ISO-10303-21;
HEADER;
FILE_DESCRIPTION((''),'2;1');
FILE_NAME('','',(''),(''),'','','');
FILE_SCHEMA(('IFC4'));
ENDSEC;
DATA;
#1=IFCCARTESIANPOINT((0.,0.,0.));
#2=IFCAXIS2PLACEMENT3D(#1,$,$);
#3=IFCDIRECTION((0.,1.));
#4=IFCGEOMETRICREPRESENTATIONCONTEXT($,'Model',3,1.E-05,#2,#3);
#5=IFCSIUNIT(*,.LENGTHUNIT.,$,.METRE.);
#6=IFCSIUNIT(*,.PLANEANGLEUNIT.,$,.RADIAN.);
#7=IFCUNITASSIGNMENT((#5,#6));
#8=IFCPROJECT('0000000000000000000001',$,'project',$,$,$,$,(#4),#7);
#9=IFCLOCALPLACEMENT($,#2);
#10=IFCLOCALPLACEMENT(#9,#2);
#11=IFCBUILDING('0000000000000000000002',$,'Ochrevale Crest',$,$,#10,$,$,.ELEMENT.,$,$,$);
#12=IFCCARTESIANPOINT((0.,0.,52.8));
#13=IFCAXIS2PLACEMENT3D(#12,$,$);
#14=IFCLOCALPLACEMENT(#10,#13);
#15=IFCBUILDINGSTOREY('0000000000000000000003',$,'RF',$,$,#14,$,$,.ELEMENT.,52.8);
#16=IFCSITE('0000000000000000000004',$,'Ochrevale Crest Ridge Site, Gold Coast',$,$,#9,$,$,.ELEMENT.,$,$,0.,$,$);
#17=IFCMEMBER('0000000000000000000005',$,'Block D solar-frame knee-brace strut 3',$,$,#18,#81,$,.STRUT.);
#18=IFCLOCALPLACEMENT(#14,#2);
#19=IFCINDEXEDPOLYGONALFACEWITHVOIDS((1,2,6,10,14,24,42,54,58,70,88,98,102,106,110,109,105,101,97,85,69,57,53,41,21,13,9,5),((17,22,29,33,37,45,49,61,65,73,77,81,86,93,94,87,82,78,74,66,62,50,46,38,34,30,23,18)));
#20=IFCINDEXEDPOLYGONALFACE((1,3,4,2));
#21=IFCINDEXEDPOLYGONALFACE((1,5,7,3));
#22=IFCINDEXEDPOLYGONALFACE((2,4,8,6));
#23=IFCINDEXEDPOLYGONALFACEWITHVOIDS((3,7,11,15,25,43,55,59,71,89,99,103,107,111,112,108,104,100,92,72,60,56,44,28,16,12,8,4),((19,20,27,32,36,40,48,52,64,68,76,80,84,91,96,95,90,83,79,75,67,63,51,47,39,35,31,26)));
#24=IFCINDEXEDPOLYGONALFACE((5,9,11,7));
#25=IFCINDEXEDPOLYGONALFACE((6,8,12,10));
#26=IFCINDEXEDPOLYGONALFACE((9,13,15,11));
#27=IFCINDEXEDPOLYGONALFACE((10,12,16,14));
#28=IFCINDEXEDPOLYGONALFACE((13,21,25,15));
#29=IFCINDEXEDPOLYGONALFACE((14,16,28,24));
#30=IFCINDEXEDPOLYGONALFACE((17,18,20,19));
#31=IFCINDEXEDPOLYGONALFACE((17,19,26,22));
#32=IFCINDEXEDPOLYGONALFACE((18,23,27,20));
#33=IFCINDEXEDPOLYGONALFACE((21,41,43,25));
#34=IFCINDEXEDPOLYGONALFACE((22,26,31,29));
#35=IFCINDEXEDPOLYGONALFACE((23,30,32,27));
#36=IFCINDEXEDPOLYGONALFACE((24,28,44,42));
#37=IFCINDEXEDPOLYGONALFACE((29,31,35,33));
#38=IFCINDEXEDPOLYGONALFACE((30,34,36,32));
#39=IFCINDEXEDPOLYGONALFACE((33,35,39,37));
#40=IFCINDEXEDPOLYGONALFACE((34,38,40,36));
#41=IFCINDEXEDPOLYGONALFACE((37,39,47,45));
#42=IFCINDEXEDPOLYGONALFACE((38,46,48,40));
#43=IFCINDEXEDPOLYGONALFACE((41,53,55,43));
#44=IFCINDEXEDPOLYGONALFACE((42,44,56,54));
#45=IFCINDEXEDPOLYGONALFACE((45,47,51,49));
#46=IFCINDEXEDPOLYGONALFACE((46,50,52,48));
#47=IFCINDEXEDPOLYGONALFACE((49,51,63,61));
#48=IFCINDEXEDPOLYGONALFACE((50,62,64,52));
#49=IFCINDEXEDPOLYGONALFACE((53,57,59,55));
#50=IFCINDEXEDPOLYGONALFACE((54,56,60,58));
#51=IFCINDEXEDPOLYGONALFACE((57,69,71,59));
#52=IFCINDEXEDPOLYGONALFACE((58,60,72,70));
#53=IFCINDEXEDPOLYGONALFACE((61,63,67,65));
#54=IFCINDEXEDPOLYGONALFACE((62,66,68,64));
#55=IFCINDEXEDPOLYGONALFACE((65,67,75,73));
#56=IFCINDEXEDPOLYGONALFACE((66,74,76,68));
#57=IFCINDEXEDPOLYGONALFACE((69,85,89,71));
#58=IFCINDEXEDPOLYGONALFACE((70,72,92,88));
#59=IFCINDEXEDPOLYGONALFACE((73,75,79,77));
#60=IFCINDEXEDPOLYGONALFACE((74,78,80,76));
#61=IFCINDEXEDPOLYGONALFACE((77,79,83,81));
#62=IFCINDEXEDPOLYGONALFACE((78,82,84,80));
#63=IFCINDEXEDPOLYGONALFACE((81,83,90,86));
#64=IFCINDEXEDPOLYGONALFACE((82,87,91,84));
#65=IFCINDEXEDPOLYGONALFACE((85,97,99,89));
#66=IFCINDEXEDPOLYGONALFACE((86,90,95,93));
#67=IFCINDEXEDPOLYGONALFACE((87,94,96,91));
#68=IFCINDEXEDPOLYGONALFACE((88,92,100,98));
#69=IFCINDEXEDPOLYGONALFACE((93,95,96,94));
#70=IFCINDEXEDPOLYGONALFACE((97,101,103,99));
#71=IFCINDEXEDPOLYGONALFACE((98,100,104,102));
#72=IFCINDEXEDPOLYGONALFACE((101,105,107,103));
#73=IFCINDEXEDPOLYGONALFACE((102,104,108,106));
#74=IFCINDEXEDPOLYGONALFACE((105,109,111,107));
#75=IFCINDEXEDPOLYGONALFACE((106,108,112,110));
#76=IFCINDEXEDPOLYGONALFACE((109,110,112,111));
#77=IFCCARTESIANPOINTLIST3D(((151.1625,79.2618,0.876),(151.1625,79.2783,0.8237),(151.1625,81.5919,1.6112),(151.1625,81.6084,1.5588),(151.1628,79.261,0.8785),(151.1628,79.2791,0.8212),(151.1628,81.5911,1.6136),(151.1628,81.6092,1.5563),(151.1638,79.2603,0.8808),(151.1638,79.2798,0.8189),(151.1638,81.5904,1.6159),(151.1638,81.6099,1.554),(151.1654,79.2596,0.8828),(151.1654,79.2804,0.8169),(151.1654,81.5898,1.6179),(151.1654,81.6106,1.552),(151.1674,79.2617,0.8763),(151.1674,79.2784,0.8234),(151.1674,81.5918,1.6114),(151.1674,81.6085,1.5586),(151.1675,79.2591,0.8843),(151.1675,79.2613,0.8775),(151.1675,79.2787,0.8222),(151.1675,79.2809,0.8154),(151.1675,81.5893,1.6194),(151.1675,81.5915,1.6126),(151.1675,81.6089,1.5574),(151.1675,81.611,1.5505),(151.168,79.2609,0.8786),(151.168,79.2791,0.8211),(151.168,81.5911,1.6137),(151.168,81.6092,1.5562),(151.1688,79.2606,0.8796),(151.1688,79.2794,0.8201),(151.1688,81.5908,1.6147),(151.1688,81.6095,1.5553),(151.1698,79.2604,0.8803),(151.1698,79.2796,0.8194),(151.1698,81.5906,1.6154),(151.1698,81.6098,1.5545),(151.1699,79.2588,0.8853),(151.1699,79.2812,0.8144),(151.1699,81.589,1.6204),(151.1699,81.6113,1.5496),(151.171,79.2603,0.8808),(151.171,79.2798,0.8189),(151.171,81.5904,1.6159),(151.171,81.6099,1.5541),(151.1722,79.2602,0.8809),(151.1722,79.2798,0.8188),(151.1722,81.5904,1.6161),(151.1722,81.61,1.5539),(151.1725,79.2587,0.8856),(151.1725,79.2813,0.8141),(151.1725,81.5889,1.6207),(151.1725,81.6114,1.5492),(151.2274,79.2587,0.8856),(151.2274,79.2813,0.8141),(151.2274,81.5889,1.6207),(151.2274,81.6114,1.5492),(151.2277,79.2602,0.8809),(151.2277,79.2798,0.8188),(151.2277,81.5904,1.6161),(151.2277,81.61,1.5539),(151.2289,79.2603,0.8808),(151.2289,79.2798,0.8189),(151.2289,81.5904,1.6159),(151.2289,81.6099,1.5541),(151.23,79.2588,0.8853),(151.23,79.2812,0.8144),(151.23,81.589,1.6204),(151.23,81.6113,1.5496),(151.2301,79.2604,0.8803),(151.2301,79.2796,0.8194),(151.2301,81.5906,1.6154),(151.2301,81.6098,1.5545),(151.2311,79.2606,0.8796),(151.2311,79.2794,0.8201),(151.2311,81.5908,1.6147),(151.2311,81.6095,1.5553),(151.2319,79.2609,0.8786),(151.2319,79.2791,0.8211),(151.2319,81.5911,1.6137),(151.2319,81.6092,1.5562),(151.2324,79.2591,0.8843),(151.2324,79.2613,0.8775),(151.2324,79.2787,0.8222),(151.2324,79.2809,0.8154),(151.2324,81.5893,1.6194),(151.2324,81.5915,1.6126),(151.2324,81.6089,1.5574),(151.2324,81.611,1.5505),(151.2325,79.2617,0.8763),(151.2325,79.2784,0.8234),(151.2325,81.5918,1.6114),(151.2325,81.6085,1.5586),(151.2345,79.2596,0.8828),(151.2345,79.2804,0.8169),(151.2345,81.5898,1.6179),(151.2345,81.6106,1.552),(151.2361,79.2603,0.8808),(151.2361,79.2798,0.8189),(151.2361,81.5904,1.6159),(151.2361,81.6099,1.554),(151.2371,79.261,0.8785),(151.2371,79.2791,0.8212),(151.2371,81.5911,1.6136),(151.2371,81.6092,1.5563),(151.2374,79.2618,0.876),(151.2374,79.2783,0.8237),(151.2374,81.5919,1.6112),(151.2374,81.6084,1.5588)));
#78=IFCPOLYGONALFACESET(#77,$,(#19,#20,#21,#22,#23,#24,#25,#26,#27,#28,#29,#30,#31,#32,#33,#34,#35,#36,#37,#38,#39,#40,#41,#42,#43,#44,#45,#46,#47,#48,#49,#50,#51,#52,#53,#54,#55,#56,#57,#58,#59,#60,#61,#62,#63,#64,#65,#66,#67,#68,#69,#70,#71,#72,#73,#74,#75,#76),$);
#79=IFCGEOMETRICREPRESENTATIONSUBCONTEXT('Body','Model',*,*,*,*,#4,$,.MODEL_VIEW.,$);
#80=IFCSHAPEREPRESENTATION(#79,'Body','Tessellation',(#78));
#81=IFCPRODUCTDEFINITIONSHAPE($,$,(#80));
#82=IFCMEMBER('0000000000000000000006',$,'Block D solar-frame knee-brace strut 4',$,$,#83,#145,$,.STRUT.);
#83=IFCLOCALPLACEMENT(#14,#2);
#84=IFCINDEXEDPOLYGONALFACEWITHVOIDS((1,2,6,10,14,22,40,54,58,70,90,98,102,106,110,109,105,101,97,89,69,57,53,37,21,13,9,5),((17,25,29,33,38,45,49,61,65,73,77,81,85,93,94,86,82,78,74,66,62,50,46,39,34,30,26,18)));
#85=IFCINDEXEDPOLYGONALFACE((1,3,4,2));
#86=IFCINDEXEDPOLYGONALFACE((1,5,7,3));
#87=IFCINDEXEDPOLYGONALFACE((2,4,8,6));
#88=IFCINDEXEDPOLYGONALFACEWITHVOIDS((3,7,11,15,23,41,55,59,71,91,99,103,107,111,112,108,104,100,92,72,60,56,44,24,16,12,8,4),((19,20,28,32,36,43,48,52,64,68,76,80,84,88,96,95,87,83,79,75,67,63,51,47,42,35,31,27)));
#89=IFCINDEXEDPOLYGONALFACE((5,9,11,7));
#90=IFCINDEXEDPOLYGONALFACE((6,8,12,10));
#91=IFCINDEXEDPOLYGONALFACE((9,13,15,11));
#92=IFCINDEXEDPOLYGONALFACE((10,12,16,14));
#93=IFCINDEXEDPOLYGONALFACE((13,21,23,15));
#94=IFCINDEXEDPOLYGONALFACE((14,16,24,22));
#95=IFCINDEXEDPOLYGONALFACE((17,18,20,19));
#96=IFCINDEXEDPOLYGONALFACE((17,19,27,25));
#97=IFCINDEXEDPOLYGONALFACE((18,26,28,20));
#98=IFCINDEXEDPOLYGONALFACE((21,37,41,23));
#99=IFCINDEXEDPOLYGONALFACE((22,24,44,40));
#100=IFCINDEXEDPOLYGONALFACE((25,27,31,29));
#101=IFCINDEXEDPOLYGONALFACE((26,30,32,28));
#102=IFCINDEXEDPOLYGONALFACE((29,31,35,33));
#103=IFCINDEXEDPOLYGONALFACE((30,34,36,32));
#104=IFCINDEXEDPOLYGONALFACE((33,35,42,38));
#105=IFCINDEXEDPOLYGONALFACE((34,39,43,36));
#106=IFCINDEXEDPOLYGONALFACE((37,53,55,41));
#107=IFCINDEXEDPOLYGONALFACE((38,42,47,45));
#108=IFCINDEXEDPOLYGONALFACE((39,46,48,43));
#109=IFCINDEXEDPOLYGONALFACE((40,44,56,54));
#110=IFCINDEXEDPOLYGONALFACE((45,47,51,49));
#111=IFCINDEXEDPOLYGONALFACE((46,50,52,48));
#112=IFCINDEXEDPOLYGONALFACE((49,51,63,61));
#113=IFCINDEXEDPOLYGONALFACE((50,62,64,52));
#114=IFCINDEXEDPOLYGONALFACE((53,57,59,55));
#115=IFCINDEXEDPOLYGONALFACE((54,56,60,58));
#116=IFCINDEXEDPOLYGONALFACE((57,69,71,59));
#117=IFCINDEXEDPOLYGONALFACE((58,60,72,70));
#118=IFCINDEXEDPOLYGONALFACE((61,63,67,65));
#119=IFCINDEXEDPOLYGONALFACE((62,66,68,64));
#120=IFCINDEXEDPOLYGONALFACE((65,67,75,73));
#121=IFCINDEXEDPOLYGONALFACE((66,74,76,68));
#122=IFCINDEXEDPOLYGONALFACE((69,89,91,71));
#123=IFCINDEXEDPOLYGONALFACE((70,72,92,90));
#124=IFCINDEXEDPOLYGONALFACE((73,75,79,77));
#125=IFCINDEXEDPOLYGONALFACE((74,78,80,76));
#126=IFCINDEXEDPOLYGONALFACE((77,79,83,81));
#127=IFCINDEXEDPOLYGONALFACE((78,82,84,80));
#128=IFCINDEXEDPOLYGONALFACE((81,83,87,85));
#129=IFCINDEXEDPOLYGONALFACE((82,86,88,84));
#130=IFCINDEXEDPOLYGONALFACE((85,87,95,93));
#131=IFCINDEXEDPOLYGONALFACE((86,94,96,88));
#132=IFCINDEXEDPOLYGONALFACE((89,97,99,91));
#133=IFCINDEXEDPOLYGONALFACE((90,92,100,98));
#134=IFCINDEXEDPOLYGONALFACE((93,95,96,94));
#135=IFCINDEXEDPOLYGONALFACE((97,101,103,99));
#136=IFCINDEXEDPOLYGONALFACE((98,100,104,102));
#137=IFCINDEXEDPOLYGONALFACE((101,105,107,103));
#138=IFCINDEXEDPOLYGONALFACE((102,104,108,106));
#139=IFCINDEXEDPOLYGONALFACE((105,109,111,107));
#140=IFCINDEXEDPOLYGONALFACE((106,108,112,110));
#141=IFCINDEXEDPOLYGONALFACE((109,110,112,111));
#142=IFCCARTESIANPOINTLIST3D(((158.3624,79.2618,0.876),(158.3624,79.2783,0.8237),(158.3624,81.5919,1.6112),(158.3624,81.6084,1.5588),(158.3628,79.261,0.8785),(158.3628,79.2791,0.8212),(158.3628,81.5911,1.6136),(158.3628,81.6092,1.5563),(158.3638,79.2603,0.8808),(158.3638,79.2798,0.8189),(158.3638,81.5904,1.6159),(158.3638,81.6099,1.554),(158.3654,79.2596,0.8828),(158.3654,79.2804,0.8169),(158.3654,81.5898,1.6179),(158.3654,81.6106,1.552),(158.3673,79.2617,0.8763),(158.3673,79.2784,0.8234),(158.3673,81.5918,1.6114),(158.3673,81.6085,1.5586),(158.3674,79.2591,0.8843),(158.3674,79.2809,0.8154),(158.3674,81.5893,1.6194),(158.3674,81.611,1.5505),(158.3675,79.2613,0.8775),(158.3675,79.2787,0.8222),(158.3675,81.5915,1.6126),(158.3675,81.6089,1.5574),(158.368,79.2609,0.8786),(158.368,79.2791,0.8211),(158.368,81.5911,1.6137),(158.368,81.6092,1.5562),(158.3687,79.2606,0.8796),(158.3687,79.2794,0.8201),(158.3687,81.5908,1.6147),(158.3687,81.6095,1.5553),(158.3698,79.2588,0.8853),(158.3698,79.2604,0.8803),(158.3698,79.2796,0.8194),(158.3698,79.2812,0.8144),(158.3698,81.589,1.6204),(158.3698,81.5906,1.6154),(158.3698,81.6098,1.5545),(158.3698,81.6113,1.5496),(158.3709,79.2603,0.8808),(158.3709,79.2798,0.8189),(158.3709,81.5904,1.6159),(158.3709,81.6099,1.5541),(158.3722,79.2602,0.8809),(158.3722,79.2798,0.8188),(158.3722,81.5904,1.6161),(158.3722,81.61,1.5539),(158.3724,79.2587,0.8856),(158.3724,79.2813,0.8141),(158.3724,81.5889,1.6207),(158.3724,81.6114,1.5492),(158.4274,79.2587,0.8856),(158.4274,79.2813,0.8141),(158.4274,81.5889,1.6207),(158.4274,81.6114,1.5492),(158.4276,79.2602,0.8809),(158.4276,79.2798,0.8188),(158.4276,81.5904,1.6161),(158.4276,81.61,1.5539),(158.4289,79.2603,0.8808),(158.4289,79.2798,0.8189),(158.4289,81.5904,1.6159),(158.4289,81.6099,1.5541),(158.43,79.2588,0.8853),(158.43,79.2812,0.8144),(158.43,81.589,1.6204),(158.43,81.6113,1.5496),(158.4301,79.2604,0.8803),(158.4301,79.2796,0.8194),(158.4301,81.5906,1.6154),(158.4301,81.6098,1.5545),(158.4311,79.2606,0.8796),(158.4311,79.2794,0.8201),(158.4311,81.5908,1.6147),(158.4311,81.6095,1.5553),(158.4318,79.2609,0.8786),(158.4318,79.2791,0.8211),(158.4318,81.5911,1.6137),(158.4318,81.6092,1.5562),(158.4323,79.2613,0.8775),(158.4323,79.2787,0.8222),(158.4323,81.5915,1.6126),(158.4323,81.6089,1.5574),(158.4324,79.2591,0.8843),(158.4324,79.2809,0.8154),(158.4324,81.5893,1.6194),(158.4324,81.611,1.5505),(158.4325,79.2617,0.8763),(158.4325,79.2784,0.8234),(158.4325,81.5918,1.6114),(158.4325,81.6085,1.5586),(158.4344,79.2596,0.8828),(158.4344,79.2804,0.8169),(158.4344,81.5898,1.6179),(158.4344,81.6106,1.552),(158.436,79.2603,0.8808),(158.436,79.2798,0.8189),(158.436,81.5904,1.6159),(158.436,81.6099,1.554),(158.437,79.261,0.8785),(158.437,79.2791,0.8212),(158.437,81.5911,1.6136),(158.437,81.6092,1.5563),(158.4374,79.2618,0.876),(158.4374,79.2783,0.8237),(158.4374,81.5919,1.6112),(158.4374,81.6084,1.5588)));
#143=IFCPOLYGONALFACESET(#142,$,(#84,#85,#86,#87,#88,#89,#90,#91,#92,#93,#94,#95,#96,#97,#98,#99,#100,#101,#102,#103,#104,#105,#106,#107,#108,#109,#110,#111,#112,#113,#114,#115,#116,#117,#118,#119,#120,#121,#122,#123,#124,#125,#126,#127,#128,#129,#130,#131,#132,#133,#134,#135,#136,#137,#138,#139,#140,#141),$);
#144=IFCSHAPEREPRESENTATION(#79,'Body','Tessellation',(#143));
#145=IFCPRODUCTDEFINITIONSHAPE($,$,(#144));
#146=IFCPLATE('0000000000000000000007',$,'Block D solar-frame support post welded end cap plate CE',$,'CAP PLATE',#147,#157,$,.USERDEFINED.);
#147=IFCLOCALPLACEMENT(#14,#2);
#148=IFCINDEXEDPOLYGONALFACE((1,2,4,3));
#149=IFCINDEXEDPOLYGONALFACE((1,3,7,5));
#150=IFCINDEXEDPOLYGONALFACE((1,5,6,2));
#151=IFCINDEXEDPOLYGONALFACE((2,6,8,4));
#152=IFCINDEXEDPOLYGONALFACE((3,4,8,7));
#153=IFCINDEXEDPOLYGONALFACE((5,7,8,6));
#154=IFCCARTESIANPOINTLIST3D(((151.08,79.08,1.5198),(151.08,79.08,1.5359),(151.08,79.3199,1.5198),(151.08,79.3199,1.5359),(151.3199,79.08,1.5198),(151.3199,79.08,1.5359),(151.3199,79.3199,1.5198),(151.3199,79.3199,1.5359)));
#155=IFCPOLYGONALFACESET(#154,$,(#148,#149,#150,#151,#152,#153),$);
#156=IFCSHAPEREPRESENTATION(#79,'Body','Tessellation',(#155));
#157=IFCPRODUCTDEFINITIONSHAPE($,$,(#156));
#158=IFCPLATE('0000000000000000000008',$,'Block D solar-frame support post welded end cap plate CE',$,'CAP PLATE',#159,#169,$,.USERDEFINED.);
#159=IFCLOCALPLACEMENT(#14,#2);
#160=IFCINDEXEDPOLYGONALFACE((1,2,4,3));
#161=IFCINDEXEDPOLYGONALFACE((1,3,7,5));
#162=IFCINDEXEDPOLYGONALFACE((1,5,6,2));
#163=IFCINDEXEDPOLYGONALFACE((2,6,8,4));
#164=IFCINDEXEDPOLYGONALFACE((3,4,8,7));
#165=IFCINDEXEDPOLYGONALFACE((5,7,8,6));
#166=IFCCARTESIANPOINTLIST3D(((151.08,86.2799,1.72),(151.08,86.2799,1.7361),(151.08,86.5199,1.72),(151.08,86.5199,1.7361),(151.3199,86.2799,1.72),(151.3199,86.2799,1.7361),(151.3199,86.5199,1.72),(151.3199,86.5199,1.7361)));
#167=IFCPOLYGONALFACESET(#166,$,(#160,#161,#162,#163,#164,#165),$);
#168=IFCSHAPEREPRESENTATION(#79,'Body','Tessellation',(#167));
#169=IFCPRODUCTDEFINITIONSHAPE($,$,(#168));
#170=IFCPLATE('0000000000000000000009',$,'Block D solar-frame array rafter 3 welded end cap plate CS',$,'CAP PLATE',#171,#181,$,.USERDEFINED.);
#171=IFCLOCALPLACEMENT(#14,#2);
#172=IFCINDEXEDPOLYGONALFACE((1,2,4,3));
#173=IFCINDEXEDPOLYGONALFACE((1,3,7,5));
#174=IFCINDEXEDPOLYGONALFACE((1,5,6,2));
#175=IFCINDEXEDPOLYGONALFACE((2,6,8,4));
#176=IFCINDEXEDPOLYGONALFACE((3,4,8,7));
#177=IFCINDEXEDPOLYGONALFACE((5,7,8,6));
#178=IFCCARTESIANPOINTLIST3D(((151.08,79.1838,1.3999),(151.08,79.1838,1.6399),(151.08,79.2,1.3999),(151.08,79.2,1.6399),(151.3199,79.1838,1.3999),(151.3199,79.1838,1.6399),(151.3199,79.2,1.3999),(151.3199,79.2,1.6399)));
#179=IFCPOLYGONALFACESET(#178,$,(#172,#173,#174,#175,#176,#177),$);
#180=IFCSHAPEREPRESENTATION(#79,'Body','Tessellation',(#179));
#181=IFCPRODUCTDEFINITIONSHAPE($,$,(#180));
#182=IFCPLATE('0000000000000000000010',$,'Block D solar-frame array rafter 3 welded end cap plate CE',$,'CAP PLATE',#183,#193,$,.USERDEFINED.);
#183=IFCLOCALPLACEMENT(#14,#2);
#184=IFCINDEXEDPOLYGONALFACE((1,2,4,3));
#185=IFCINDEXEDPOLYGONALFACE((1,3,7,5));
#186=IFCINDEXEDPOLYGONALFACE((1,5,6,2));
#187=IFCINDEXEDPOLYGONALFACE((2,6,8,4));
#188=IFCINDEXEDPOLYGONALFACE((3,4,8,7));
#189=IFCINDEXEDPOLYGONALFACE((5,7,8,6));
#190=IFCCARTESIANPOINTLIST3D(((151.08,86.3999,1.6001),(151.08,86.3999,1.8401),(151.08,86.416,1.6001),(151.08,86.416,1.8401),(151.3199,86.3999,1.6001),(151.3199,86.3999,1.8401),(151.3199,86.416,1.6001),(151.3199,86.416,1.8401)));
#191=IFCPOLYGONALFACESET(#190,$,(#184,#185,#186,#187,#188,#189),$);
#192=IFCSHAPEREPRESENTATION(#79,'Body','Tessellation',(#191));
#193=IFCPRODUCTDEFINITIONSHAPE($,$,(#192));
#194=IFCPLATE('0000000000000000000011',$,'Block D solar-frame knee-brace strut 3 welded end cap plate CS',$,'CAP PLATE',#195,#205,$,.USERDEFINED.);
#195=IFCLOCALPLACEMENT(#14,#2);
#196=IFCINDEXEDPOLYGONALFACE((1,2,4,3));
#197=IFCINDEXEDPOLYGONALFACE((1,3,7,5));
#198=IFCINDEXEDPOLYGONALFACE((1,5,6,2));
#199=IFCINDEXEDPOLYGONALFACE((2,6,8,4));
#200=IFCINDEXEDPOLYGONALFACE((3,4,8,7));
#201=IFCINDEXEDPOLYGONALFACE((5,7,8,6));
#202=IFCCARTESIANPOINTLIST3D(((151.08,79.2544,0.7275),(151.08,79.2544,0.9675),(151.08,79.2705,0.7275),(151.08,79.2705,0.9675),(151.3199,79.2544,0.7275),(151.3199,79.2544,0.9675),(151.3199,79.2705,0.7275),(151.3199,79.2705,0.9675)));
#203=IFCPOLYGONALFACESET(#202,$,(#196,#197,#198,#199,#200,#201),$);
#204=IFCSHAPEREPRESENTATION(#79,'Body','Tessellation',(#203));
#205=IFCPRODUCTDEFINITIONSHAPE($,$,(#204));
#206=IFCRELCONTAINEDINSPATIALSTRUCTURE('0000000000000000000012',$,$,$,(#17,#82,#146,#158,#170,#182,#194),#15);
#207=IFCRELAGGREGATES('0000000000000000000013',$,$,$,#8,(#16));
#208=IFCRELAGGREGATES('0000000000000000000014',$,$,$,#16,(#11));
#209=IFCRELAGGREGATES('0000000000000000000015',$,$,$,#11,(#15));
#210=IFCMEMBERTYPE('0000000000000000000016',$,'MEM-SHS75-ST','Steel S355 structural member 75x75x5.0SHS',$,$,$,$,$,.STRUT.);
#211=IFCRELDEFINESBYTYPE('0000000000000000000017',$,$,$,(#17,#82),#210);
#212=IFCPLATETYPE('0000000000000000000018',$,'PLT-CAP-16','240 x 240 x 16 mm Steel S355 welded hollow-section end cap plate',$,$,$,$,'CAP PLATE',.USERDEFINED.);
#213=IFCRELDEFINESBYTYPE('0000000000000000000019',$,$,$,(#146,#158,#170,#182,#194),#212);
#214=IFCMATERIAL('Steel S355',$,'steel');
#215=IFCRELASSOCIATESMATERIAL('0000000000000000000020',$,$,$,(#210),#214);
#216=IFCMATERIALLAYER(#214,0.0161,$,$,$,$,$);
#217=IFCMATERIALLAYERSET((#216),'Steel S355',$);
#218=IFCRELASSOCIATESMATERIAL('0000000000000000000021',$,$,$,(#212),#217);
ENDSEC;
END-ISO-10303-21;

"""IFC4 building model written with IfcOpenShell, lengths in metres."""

from ifc_helpers import new_model, si_unit, direction, frame, origin, origin_2d, place, context, subcontext, project, spatial, rectangle, hollow_rectangle, extrude, material, layer, layer_set, material_profile, profile_set, type_object, element, save


model = new_model("IFC4")

# Units and contexts
model_context = context("Model", 3, precision=1e-05, world=origin(), true_north=direction((0.0, 1.0)))
body_context = subcontext(model_context, "Body", "Model", "MODEL_VIEW")
ifc_project = project(units=[si_unit("LENGTHUNIT", "METRE"), si_unit("PLANEANGLEUNIT", "RADIAN")], contexts=[model_context])

# Site, building, storey
site_placement = place(None, origin())
site = spatial("IfcSite", under=ifc_project, at=site_placement, Name="Ochrevale Crest Ridge Site, Gold Coast", CompositionType="ELEMENT", RefElevation=0.0)
building_placement = place(site_placement, origin())
building = spatial("IfcBuilding", under=site, at=building_placement, Name="Ochrevale Crest", CompositionType="ELEMENT")
storey_placement = place(building_placement, frame((0.0, 0.0, 52.8)))
storey = spatial("IfcBuildingStorey", under=building, at=storey_placement, Name="RF", CompositionType="ELEMENT", Elevation=52.8)

# Shared definitions
ifc_material_1 = material(Name="Steel S355", Category="steel")

# Members
ifc_material_profile_1 = material_profile(ifc_material_1, hollow_rectangle(XDim=0.075, YDim=0.075, WallThickness=0.0049, InnerFilletRadius=0.0049, OuterFilletRadius=0.01, at=origin_2d()), Name="75x75x5.0SHS")
ifc_profile_set_1 = profile_set([ifc_material_profile_1], Name="Steel S355")
member_type_1 = type_object("IfcMemberType", Name="MEM-SHS75-ST", Description="Steel S355 structural member 75x75x5.0SHS", PredefinedType="STRUT", material=ifc_profile_set_1)
for number, where, z_axis, x_axis, name in (
    (1, (151.2, 79.27, 0.8499), (0.0, 0.953666, 0.300868), (-1.0, 0.0, 0.0), "Block D solar-frame knee-brace strut 3"),
    (2, (158.3999, 79.27, 0.8499), (0.0, 0.953666, 0.300868), (-1.0, 0.0, 0.0), "Block D solar-frame knee-brace strut 4"),
):
    element("IfcMember", number, at=place(storey_placement, frame(where, z_axis=z_axis, x_axis=x_axis)), inside=storey, type_object=member_type_1, Name=name, PredefinedType="STRUT", context=body_context, shape_type="SweptSolid", body=[
        extrude(hollow_rectangle(XDim=0.075, YDim=0.075, WallThickness=0.0049, InnerFilletRadius=0.0049, OuterFilletRadius=0.01, at=origin_2d()), origin(), (0.0, 0.0, 1.0), 2.4434),
    ])

# Plates
ifc_layer_1 = layer(ifc_material_1, 0.0161)
ifc_layer_set_1 = layer_set([ifc_layer_1], Name="Steel S355")
plate_type = type_object("IfcPlateType", Name="PLT-CAP-16", Description="240 x 240 x 16 mm Steel S355 welded hollow-section end cap plate", ElementType="CAP PLATE", PredefinedType="USERDEFINED", material=ifc_layer_set_1)
for number, where, z_axis, x_axis, name in (
    (3, (151.2, 79.2, 1.5198), (0.0, 0.0, 1.0), (1.0, 0.0, 0.0), "Block D solar-frame support post welded end cap plate CE"),
    (4, (151.2, 86.3999, 1.72), (0.0, 0.0, 1.0), (1.0, 0.0, 0.0), "Block D solar-frame support post welded end cap plate CE"),
):
    element("IfcPlate", number, at=place(storey_placement, frame(where, z_axis=z_axis, x_axis=x_axis)), inside=storey, type_object=plate_type, Name=name, ObjectType="CAP PLATE", PredefinedType="USERDEFINED", context=body_context, shape_type="SweptSolid", body=[
        extrude(rectangle(XDim=0.24, YDim=0.24, at=origin_2d()), origin(), (0.0, 0.0, 1.0), 0.0161),
    ])
for number, where, z_axis, x_axis, name in (
    (5, (151.2, 79.1919, 1.3999), (0.0, 0.0, 1.0), (0.0, 1.0, 0.0), "Block D solar-frame array rafter 3 welded end cap plate CS"),
    (6, (151.2, 86.408, 1.6001), (0.0, 0.0, 1.0), (0.0, 1.0, 0.0), "Block D solar-frame array rafter 3 welded end cap plate CE"),
    (7, (151.2, 79.2625, 0.7275), (0.0, 0.0, 1.0), (0.0, 1.0, 0.0), "Block D solar-frame knee-brace strut 3 welded end cap plate CS"),
):
    element("IfcPlate", number, at=place(storey_placement, frame(where, z_axis=z_axis, x_axis=x_axis)), inside=storey, type_object=plate_type, Name=name, ObjectType="CAP PLATE", PredefinedType="USERDEFINED", context=body_context, shape_type="SweptSolid", body=[
        extrude(rectangle(XDim=0.0161, YDim=0.24, at=origin_2d()), origin(), (0.0, 0.0, 1.0), 0.24),
    ])

save(model, "model.ifc")
